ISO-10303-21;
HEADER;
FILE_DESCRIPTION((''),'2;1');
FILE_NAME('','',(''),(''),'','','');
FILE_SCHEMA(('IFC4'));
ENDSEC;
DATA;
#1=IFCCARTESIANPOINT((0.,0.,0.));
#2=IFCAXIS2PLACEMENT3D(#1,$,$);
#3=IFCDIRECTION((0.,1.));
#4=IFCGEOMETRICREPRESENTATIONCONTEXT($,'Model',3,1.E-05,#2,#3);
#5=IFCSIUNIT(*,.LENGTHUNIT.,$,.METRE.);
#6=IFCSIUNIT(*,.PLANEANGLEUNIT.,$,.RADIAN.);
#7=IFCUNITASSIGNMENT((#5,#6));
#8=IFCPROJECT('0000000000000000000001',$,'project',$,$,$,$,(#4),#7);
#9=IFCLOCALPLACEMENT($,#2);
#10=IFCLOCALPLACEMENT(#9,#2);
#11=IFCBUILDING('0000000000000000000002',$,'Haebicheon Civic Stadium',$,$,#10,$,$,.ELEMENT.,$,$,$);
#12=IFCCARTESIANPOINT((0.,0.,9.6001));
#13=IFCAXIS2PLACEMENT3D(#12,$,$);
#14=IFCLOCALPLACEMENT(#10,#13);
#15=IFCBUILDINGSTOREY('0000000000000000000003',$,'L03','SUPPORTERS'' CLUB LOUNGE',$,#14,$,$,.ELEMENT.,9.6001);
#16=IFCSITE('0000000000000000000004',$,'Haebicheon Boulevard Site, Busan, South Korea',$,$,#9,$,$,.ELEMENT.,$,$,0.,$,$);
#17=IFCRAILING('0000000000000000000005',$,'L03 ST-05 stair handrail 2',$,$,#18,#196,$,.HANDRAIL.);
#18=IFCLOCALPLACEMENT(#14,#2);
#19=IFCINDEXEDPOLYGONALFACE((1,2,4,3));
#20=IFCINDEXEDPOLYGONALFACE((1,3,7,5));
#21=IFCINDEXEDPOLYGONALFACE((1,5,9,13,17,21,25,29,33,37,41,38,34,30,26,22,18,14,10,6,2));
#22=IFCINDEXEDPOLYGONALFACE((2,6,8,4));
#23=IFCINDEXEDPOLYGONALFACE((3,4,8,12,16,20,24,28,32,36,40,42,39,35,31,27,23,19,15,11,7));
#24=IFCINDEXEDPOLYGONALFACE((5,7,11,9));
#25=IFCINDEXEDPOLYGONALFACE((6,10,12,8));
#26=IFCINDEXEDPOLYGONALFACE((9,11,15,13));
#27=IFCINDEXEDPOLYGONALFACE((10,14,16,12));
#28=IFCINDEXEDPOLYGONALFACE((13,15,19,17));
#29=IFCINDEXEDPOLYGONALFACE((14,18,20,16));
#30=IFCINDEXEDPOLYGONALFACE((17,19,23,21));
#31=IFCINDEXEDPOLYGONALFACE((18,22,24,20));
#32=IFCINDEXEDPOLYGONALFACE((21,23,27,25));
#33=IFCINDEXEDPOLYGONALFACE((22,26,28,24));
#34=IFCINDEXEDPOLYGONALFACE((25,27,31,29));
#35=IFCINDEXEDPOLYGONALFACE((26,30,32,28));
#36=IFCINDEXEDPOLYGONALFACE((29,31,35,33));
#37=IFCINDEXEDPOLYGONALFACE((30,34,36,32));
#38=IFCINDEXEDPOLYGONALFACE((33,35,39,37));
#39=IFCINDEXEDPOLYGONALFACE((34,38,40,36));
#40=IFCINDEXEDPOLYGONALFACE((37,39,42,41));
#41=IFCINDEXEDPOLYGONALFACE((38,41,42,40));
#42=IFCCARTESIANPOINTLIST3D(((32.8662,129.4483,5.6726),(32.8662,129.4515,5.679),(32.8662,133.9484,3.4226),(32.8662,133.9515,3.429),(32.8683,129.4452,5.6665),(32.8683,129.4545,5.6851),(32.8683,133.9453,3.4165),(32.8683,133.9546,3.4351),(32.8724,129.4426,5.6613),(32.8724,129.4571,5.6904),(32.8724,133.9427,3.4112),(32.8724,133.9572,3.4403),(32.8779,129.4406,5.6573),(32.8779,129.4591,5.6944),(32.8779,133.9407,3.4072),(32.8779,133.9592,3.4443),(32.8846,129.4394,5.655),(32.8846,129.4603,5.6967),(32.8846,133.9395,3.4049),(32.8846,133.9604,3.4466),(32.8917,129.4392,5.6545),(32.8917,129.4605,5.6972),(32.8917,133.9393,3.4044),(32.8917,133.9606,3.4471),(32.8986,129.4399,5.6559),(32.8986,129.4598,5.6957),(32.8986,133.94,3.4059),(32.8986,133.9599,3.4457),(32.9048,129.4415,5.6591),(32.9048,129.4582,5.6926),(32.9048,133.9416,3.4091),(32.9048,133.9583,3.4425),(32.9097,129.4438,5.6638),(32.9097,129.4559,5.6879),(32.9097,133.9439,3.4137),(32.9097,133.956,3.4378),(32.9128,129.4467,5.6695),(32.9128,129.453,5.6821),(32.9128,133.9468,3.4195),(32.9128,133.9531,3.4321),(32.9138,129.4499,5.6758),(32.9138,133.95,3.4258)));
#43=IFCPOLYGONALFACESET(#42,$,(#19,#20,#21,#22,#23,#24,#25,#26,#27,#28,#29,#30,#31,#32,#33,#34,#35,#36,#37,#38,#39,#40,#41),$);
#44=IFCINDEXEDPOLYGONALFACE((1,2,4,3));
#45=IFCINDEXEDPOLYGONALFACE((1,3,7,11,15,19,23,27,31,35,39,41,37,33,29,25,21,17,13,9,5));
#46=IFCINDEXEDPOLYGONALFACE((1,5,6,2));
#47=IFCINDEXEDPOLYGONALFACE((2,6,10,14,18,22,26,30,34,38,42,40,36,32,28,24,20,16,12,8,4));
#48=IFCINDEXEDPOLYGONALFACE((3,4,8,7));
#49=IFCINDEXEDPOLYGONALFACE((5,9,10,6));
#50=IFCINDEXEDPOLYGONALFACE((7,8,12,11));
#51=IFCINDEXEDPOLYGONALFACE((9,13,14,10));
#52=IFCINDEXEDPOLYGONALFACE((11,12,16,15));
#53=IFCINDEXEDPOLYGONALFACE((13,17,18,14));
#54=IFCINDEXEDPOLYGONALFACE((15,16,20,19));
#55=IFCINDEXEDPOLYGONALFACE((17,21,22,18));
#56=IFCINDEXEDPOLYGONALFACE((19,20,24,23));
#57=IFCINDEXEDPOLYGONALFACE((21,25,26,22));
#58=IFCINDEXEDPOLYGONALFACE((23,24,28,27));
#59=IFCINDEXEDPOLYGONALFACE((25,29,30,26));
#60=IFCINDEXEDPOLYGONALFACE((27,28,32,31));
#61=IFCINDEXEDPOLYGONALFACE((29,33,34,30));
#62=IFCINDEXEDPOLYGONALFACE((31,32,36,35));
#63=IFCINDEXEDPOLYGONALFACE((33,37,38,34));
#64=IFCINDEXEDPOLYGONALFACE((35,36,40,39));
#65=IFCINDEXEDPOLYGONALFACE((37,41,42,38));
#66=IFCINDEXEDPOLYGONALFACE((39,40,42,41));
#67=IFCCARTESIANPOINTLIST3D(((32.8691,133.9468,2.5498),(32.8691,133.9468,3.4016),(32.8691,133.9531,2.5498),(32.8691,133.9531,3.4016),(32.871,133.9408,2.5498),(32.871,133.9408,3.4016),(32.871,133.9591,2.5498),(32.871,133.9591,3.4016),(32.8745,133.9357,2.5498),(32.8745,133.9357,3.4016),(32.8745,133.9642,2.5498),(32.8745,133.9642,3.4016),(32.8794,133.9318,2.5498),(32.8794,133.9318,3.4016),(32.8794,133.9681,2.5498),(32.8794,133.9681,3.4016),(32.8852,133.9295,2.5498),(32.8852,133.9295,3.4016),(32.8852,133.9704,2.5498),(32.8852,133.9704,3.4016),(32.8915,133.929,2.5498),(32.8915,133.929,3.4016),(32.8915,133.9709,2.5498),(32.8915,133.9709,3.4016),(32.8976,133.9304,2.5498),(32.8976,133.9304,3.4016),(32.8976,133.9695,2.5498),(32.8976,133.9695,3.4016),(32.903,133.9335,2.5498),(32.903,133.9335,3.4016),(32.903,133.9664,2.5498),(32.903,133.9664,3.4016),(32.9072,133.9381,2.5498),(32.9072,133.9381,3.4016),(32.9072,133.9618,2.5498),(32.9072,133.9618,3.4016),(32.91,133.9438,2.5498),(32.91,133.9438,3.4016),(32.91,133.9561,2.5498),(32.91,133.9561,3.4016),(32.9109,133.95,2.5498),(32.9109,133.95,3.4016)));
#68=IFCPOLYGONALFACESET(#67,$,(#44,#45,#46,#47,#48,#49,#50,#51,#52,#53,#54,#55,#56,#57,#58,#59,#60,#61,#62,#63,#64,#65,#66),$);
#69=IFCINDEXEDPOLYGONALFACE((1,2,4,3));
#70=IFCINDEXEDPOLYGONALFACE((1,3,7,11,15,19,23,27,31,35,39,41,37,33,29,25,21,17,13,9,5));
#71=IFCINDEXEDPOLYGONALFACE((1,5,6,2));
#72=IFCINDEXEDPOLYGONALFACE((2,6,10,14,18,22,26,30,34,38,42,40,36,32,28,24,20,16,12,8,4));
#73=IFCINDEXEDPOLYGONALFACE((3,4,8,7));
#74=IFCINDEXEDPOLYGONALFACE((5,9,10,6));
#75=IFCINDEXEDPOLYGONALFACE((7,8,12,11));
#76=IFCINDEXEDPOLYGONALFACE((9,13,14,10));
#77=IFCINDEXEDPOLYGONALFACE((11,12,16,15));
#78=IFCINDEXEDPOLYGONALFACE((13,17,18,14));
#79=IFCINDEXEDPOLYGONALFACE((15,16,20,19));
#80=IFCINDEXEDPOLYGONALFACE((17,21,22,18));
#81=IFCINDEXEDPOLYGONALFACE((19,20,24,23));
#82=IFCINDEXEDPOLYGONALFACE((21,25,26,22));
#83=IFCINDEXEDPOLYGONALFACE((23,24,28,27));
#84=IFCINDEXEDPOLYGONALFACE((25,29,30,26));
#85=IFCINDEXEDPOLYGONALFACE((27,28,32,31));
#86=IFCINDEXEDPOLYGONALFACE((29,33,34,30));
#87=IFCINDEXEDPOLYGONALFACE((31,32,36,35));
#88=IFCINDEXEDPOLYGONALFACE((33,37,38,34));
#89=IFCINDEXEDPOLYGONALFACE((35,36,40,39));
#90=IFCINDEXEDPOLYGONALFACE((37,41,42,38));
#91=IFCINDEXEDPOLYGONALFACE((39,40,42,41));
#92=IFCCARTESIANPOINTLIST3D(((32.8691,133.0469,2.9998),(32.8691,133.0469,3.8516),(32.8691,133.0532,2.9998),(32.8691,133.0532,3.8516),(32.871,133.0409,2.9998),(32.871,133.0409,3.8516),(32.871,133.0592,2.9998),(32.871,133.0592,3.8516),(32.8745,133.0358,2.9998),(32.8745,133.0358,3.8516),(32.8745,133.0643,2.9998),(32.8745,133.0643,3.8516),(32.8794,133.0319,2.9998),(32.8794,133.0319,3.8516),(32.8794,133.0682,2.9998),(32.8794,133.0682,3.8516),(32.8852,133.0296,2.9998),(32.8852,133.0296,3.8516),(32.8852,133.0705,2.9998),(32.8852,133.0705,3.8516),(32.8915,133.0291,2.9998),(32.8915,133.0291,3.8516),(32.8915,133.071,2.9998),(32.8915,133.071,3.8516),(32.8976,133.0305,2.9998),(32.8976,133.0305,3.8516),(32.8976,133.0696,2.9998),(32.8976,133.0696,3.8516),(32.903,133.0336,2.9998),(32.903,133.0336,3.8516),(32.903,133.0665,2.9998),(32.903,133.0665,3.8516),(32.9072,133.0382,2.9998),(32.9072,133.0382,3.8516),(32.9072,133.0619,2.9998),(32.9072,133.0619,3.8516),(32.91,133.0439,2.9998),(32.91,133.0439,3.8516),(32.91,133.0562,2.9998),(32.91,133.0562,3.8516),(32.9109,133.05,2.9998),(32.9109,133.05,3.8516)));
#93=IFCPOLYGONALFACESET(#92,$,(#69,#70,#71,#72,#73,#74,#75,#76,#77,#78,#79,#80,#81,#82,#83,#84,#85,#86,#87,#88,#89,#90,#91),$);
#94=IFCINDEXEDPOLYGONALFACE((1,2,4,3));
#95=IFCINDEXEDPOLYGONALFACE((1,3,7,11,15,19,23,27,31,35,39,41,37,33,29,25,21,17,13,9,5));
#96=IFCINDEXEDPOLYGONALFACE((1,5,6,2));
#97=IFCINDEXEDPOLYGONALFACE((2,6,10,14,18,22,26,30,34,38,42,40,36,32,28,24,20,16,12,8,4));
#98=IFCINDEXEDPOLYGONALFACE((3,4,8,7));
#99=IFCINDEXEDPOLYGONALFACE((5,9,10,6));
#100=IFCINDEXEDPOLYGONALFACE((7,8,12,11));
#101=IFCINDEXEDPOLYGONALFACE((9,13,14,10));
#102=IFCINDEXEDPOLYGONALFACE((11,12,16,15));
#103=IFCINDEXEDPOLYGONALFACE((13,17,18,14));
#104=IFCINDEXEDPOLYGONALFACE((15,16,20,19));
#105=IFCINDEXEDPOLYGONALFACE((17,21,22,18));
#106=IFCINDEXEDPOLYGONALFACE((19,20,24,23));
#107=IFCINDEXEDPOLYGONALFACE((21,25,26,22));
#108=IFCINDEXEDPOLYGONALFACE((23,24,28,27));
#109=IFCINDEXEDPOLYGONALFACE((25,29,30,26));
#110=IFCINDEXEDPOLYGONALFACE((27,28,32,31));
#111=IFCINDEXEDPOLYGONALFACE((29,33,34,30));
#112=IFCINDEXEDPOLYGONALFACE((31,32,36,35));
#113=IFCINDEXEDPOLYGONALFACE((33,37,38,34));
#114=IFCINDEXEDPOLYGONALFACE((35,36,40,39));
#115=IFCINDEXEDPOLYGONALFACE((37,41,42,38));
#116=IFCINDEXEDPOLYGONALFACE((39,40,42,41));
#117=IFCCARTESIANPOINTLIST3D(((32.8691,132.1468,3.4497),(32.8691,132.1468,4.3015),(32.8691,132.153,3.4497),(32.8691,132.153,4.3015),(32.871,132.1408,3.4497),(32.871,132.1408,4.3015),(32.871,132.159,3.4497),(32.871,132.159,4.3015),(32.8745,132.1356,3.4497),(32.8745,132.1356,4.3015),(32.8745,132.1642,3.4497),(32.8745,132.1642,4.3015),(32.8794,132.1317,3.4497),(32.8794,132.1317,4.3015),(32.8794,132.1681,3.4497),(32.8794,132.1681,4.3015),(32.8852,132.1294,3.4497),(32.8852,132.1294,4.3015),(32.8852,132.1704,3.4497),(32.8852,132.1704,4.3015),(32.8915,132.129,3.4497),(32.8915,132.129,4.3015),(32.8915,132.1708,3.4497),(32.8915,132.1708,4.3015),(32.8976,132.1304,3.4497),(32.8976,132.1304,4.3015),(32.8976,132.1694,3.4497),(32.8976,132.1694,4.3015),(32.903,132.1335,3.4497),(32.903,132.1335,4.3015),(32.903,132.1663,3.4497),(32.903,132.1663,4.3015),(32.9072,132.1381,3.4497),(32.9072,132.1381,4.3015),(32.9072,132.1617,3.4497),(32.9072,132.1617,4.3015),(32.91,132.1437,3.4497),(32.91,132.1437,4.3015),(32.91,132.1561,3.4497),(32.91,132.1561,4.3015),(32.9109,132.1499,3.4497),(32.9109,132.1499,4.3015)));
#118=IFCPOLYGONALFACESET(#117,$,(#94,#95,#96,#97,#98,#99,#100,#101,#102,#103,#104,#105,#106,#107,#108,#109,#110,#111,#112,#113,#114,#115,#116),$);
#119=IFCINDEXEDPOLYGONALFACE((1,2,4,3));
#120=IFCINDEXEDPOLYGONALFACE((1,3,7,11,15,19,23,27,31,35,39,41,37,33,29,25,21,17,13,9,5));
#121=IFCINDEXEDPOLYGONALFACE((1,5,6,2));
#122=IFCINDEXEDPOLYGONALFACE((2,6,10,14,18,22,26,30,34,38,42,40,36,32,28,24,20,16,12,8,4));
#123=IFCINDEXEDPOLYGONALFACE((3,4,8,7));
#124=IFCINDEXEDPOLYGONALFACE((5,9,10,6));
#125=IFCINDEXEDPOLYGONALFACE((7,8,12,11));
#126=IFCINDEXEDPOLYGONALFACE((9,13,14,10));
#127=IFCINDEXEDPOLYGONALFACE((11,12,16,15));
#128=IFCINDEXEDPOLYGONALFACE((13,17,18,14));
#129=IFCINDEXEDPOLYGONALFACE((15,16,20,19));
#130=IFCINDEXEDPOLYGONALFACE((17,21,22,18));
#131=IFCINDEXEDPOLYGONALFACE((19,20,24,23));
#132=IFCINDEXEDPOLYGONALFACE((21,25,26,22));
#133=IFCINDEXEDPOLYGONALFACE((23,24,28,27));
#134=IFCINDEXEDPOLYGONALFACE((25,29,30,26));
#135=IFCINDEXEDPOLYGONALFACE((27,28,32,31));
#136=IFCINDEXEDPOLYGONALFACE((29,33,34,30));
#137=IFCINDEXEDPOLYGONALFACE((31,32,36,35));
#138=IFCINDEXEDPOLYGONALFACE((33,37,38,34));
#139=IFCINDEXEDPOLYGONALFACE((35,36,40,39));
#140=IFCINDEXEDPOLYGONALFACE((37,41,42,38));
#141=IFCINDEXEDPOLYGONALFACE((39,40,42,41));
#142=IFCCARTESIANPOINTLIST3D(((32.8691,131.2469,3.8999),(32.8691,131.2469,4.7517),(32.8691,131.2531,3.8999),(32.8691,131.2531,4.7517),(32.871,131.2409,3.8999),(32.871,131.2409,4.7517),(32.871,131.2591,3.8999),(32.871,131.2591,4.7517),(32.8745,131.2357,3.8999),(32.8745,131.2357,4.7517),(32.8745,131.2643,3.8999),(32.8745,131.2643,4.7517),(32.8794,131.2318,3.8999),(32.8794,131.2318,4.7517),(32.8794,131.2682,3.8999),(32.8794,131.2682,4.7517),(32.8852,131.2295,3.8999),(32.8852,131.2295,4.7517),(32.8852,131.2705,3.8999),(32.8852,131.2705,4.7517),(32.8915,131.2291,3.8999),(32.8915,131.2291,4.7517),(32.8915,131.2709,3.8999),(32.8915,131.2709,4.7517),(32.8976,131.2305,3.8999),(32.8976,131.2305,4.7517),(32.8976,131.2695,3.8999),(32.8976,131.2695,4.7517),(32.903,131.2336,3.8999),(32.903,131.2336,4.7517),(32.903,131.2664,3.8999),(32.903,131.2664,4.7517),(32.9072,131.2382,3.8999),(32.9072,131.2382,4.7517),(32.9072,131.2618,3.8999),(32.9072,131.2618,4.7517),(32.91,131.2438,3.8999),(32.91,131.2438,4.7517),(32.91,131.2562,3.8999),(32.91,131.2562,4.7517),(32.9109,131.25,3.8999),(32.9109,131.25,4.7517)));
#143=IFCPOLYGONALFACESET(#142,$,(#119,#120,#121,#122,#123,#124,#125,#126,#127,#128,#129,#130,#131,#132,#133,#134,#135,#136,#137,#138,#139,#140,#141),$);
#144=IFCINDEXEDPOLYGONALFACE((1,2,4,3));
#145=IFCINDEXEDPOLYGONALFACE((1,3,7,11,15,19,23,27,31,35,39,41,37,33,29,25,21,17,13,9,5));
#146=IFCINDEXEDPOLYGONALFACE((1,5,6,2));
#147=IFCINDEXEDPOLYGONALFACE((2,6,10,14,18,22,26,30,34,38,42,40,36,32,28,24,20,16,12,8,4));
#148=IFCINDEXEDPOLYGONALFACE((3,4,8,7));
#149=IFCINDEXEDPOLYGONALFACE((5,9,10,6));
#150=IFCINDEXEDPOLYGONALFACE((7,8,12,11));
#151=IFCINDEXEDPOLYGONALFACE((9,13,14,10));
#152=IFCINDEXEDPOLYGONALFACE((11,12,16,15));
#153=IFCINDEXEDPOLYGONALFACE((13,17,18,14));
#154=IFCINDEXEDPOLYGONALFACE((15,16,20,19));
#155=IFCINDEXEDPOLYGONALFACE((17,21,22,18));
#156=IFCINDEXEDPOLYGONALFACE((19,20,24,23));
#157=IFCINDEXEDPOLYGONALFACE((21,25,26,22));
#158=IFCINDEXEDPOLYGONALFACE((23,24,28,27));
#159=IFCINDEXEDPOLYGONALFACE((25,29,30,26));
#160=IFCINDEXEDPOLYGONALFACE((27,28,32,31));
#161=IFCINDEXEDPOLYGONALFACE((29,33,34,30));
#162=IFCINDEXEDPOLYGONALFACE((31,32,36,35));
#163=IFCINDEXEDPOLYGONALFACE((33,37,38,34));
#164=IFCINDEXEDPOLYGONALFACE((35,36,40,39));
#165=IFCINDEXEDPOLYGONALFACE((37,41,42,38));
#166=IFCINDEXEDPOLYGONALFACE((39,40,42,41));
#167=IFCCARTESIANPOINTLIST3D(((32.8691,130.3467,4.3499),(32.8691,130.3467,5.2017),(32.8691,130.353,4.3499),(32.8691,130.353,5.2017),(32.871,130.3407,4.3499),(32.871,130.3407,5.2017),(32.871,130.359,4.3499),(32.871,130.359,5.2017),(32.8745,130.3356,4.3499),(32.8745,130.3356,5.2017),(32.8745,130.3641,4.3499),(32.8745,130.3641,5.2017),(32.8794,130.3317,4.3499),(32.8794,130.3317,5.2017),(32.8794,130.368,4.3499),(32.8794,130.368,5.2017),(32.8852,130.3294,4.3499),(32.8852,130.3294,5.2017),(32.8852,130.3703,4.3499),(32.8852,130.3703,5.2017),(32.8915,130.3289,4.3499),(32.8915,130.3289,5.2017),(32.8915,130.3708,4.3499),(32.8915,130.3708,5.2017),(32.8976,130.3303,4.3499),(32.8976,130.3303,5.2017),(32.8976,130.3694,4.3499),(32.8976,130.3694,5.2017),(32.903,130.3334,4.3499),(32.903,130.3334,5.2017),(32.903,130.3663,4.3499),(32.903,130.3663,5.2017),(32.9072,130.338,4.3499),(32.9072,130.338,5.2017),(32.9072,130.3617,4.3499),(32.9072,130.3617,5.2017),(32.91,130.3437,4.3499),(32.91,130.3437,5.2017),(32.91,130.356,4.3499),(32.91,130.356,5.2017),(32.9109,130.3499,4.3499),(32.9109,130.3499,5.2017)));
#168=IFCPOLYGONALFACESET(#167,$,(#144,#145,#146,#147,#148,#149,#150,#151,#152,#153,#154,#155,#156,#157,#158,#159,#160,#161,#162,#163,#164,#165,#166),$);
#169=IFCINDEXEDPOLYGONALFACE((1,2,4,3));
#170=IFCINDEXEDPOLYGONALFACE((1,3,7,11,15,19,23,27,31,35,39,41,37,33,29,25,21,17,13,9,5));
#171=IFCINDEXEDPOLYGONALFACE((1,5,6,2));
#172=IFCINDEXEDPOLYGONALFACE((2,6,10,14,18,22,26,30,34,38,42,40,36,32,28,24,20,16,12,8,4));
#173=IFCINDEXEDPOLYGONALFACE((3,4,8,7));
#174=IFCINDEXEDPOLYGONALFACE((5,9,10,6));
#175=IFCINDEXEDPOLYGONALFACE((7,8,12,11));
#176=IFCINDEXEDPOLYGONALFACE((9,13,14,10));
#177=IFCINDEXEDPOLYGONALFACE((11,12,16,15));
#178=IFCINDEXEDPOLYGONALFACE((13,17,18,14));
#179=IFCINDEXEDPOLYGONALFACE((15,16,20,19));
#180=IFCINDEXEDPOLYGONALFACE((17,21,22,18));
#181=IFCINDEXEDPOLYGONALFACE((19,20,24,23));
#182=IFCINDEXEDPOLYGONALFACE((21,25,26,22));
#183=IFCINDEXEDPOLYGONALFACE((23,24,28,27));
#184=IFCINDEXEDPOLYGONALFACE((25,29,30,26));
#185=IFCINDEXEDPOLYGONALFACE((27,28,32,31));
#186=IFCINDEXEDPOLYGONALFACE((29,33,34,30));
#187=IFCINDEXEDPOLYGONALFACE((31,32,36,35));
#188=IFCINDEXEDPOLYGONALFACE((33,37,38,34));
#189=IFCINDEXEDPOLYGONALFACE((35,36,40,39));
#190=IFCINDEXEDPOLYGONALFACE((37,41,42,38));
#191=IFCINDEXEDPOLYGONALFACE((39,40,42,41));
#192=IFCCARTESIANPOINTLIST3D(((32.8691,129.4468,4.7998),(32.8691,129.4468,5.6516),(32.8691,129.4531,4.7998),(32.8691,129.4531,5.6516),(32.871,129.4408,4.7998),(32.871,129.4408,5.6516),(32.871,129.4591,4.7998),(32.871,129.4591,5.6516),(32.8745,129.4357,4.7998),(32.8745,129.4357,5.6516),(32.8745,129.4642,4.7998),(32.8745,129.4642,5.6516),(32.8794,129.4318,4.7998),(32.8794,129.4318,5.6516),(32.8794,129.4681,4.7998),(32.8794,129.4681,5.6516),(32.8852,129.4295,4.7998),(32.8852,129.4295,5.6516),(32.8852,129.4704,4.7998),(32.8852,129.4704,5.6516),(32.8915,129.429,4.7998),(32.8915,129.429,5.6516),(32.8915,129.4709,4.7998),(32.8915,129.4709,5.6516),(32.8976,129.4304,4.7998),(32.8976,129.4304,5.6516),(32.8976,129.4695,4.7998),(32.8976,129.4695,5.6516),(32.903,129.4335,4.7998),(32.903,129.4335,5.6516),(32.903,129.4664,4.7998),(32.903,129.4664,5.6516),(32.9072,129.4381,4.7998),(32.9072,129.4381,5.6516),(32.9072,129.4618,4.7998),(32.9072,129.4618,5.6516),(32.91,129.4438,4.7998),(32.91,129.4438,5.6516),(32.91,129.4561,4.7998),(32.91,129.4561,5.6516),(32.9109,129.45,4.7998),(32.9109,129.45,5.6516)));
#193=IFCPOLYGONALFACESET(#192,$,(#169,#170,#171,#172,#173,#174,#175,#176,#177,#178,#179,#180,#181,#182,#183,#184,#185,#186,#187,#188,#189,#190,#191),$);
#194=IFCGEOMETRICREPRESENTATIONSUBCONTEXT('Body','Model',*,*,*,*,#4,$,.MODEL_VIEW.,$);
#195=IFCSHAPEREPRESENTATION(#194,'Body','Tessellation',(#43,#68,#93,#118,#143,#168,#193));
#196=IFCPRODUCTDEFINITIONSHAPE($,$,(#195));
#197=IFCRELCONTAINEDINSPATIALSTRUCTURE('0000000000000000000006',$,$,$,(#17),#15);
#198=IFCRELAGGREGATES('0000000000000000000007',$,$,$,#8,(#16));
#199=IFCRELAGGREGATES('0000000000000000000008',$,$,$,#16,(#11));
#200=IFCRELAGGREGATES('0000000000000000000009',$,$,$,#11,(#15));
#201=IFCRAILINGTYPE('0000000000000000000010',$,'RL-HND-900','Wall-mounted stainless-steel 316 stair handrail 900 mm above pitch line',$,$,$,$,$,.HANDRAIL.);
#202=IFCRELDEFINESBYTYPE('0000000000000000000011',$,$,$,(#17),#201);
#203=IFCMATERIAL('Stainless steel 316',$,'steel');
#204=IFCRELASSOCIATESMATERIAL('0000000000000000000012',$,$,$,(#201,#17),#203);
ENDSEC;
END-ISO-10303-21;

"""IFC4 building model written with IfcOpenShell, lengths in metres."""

from ifc_helpers import new_model, si_unit, direction, frame, origin, origin_2d, place, context, subcontext, project, spatial, circle, extrude, material, type_object, element, save


model = new_model("IFC4")

# Units and contexts
model_context = context("Model", 3, precision=1e-05, world=origin(), true_north=direction((0.0, 1.0)))
body_context = subcontext(model_context, "Body", "Model", "MODEL_VIEW")
ifc_project = project(units=[si_unit("LENGTHUNIT", "METRE"), si_unit("PLANEANGLEUNIT", "RADIAN")], contexts=[model_context])

# Site, building, storey
site_placement = place(None, origin())
site = spatial("IfcSite", under=ifc_project, at=site_placement, Name="Haebicheon Boulevard Site, Busan, South Korea", CompositionType="ELEMENT", RefElevation=0.0)
building_placement = place(site_placement, origin())
building = spatial("IfcBuilding", under=site, at=building_placement, Name="Haebicheon Civic Stadium", CompositionType="ELEMENT")
storey_placement = place(building_placement, frame((0.0, 0.0, 9.6001)))
storey = spatial("IfcBuildingStorey", under=building, at=storey_placement, Name="L03", Description="SUPPORTERS' CLUB LOUNGE", CompositionType="ELEMENT", Elevation=9.6001)

# Railing
ifc_material_1 = material(Name="Stainless steel 316", Category="steel")
railing_type_1 = type_object("IfcRailingType", Name="RL-HND-900", Description="Wall-mounted stainless-steel 316 stair handrail 900 mm above pitch line", PredefinedType="HANDRAIL", material=ifc_material_1)
railing_1_placement = place(storey_placement, frame((32.8899, 133.95, 2.5498)))
element("IfcRailing", 1, at=railing_1_placement, inside=storey, type_object=railing_type_1, material=ifc_material_1, Name="L03 ST-05 stair handrail 2", PredefinedType="HANDRAIL", context=body_context, shape_type="SweptSolid", body=[
    extrude(circle(Radius=0.0239, at=origin_2d()), frame((0.0, 0.0, 0.876), z_axis=(0.0, -0.894427, 0.447214), x_axis=(1.0, 0.0, 0.0)), (0.0, 0.0, 1.0), 5.0312),
    extrude(circle(Radius=0.021, at=origin_2d()), origin(), (0.0, 0.0, 1.0), 0.8518),
    extrude(circle(Radius=0.021, at=origin_2d()), frame((0.0, -0.8999, 0.45)), (0.0, 0.0, 1.0), 0.8518),
    extrude(circle(Radius=0.021, at=origin_2d()), frame((0.0, -1.8, 0.8999)), (0.0, 0.0, 1.0), 0.8518),
    extrude(circle(Radius=0.021, at=origin_2d()), frame((0.0, -2.7, 1.3501)), (0.0, 0.0, 1.0), 0.8518),
    extrude(circle(Radius=0.021, at=origin_2d()), frame((0.0, -3.6001, 1.8)), (0.0, 0.0, 1.0), 0.8518),
    extrude(circle(Radius=0.021, at=origin_2d()), frame((0.0, -4.5, 2.25)), (0.0, 0.0, 1.0), 0.8518),
])

save(model, "model.ifc")
